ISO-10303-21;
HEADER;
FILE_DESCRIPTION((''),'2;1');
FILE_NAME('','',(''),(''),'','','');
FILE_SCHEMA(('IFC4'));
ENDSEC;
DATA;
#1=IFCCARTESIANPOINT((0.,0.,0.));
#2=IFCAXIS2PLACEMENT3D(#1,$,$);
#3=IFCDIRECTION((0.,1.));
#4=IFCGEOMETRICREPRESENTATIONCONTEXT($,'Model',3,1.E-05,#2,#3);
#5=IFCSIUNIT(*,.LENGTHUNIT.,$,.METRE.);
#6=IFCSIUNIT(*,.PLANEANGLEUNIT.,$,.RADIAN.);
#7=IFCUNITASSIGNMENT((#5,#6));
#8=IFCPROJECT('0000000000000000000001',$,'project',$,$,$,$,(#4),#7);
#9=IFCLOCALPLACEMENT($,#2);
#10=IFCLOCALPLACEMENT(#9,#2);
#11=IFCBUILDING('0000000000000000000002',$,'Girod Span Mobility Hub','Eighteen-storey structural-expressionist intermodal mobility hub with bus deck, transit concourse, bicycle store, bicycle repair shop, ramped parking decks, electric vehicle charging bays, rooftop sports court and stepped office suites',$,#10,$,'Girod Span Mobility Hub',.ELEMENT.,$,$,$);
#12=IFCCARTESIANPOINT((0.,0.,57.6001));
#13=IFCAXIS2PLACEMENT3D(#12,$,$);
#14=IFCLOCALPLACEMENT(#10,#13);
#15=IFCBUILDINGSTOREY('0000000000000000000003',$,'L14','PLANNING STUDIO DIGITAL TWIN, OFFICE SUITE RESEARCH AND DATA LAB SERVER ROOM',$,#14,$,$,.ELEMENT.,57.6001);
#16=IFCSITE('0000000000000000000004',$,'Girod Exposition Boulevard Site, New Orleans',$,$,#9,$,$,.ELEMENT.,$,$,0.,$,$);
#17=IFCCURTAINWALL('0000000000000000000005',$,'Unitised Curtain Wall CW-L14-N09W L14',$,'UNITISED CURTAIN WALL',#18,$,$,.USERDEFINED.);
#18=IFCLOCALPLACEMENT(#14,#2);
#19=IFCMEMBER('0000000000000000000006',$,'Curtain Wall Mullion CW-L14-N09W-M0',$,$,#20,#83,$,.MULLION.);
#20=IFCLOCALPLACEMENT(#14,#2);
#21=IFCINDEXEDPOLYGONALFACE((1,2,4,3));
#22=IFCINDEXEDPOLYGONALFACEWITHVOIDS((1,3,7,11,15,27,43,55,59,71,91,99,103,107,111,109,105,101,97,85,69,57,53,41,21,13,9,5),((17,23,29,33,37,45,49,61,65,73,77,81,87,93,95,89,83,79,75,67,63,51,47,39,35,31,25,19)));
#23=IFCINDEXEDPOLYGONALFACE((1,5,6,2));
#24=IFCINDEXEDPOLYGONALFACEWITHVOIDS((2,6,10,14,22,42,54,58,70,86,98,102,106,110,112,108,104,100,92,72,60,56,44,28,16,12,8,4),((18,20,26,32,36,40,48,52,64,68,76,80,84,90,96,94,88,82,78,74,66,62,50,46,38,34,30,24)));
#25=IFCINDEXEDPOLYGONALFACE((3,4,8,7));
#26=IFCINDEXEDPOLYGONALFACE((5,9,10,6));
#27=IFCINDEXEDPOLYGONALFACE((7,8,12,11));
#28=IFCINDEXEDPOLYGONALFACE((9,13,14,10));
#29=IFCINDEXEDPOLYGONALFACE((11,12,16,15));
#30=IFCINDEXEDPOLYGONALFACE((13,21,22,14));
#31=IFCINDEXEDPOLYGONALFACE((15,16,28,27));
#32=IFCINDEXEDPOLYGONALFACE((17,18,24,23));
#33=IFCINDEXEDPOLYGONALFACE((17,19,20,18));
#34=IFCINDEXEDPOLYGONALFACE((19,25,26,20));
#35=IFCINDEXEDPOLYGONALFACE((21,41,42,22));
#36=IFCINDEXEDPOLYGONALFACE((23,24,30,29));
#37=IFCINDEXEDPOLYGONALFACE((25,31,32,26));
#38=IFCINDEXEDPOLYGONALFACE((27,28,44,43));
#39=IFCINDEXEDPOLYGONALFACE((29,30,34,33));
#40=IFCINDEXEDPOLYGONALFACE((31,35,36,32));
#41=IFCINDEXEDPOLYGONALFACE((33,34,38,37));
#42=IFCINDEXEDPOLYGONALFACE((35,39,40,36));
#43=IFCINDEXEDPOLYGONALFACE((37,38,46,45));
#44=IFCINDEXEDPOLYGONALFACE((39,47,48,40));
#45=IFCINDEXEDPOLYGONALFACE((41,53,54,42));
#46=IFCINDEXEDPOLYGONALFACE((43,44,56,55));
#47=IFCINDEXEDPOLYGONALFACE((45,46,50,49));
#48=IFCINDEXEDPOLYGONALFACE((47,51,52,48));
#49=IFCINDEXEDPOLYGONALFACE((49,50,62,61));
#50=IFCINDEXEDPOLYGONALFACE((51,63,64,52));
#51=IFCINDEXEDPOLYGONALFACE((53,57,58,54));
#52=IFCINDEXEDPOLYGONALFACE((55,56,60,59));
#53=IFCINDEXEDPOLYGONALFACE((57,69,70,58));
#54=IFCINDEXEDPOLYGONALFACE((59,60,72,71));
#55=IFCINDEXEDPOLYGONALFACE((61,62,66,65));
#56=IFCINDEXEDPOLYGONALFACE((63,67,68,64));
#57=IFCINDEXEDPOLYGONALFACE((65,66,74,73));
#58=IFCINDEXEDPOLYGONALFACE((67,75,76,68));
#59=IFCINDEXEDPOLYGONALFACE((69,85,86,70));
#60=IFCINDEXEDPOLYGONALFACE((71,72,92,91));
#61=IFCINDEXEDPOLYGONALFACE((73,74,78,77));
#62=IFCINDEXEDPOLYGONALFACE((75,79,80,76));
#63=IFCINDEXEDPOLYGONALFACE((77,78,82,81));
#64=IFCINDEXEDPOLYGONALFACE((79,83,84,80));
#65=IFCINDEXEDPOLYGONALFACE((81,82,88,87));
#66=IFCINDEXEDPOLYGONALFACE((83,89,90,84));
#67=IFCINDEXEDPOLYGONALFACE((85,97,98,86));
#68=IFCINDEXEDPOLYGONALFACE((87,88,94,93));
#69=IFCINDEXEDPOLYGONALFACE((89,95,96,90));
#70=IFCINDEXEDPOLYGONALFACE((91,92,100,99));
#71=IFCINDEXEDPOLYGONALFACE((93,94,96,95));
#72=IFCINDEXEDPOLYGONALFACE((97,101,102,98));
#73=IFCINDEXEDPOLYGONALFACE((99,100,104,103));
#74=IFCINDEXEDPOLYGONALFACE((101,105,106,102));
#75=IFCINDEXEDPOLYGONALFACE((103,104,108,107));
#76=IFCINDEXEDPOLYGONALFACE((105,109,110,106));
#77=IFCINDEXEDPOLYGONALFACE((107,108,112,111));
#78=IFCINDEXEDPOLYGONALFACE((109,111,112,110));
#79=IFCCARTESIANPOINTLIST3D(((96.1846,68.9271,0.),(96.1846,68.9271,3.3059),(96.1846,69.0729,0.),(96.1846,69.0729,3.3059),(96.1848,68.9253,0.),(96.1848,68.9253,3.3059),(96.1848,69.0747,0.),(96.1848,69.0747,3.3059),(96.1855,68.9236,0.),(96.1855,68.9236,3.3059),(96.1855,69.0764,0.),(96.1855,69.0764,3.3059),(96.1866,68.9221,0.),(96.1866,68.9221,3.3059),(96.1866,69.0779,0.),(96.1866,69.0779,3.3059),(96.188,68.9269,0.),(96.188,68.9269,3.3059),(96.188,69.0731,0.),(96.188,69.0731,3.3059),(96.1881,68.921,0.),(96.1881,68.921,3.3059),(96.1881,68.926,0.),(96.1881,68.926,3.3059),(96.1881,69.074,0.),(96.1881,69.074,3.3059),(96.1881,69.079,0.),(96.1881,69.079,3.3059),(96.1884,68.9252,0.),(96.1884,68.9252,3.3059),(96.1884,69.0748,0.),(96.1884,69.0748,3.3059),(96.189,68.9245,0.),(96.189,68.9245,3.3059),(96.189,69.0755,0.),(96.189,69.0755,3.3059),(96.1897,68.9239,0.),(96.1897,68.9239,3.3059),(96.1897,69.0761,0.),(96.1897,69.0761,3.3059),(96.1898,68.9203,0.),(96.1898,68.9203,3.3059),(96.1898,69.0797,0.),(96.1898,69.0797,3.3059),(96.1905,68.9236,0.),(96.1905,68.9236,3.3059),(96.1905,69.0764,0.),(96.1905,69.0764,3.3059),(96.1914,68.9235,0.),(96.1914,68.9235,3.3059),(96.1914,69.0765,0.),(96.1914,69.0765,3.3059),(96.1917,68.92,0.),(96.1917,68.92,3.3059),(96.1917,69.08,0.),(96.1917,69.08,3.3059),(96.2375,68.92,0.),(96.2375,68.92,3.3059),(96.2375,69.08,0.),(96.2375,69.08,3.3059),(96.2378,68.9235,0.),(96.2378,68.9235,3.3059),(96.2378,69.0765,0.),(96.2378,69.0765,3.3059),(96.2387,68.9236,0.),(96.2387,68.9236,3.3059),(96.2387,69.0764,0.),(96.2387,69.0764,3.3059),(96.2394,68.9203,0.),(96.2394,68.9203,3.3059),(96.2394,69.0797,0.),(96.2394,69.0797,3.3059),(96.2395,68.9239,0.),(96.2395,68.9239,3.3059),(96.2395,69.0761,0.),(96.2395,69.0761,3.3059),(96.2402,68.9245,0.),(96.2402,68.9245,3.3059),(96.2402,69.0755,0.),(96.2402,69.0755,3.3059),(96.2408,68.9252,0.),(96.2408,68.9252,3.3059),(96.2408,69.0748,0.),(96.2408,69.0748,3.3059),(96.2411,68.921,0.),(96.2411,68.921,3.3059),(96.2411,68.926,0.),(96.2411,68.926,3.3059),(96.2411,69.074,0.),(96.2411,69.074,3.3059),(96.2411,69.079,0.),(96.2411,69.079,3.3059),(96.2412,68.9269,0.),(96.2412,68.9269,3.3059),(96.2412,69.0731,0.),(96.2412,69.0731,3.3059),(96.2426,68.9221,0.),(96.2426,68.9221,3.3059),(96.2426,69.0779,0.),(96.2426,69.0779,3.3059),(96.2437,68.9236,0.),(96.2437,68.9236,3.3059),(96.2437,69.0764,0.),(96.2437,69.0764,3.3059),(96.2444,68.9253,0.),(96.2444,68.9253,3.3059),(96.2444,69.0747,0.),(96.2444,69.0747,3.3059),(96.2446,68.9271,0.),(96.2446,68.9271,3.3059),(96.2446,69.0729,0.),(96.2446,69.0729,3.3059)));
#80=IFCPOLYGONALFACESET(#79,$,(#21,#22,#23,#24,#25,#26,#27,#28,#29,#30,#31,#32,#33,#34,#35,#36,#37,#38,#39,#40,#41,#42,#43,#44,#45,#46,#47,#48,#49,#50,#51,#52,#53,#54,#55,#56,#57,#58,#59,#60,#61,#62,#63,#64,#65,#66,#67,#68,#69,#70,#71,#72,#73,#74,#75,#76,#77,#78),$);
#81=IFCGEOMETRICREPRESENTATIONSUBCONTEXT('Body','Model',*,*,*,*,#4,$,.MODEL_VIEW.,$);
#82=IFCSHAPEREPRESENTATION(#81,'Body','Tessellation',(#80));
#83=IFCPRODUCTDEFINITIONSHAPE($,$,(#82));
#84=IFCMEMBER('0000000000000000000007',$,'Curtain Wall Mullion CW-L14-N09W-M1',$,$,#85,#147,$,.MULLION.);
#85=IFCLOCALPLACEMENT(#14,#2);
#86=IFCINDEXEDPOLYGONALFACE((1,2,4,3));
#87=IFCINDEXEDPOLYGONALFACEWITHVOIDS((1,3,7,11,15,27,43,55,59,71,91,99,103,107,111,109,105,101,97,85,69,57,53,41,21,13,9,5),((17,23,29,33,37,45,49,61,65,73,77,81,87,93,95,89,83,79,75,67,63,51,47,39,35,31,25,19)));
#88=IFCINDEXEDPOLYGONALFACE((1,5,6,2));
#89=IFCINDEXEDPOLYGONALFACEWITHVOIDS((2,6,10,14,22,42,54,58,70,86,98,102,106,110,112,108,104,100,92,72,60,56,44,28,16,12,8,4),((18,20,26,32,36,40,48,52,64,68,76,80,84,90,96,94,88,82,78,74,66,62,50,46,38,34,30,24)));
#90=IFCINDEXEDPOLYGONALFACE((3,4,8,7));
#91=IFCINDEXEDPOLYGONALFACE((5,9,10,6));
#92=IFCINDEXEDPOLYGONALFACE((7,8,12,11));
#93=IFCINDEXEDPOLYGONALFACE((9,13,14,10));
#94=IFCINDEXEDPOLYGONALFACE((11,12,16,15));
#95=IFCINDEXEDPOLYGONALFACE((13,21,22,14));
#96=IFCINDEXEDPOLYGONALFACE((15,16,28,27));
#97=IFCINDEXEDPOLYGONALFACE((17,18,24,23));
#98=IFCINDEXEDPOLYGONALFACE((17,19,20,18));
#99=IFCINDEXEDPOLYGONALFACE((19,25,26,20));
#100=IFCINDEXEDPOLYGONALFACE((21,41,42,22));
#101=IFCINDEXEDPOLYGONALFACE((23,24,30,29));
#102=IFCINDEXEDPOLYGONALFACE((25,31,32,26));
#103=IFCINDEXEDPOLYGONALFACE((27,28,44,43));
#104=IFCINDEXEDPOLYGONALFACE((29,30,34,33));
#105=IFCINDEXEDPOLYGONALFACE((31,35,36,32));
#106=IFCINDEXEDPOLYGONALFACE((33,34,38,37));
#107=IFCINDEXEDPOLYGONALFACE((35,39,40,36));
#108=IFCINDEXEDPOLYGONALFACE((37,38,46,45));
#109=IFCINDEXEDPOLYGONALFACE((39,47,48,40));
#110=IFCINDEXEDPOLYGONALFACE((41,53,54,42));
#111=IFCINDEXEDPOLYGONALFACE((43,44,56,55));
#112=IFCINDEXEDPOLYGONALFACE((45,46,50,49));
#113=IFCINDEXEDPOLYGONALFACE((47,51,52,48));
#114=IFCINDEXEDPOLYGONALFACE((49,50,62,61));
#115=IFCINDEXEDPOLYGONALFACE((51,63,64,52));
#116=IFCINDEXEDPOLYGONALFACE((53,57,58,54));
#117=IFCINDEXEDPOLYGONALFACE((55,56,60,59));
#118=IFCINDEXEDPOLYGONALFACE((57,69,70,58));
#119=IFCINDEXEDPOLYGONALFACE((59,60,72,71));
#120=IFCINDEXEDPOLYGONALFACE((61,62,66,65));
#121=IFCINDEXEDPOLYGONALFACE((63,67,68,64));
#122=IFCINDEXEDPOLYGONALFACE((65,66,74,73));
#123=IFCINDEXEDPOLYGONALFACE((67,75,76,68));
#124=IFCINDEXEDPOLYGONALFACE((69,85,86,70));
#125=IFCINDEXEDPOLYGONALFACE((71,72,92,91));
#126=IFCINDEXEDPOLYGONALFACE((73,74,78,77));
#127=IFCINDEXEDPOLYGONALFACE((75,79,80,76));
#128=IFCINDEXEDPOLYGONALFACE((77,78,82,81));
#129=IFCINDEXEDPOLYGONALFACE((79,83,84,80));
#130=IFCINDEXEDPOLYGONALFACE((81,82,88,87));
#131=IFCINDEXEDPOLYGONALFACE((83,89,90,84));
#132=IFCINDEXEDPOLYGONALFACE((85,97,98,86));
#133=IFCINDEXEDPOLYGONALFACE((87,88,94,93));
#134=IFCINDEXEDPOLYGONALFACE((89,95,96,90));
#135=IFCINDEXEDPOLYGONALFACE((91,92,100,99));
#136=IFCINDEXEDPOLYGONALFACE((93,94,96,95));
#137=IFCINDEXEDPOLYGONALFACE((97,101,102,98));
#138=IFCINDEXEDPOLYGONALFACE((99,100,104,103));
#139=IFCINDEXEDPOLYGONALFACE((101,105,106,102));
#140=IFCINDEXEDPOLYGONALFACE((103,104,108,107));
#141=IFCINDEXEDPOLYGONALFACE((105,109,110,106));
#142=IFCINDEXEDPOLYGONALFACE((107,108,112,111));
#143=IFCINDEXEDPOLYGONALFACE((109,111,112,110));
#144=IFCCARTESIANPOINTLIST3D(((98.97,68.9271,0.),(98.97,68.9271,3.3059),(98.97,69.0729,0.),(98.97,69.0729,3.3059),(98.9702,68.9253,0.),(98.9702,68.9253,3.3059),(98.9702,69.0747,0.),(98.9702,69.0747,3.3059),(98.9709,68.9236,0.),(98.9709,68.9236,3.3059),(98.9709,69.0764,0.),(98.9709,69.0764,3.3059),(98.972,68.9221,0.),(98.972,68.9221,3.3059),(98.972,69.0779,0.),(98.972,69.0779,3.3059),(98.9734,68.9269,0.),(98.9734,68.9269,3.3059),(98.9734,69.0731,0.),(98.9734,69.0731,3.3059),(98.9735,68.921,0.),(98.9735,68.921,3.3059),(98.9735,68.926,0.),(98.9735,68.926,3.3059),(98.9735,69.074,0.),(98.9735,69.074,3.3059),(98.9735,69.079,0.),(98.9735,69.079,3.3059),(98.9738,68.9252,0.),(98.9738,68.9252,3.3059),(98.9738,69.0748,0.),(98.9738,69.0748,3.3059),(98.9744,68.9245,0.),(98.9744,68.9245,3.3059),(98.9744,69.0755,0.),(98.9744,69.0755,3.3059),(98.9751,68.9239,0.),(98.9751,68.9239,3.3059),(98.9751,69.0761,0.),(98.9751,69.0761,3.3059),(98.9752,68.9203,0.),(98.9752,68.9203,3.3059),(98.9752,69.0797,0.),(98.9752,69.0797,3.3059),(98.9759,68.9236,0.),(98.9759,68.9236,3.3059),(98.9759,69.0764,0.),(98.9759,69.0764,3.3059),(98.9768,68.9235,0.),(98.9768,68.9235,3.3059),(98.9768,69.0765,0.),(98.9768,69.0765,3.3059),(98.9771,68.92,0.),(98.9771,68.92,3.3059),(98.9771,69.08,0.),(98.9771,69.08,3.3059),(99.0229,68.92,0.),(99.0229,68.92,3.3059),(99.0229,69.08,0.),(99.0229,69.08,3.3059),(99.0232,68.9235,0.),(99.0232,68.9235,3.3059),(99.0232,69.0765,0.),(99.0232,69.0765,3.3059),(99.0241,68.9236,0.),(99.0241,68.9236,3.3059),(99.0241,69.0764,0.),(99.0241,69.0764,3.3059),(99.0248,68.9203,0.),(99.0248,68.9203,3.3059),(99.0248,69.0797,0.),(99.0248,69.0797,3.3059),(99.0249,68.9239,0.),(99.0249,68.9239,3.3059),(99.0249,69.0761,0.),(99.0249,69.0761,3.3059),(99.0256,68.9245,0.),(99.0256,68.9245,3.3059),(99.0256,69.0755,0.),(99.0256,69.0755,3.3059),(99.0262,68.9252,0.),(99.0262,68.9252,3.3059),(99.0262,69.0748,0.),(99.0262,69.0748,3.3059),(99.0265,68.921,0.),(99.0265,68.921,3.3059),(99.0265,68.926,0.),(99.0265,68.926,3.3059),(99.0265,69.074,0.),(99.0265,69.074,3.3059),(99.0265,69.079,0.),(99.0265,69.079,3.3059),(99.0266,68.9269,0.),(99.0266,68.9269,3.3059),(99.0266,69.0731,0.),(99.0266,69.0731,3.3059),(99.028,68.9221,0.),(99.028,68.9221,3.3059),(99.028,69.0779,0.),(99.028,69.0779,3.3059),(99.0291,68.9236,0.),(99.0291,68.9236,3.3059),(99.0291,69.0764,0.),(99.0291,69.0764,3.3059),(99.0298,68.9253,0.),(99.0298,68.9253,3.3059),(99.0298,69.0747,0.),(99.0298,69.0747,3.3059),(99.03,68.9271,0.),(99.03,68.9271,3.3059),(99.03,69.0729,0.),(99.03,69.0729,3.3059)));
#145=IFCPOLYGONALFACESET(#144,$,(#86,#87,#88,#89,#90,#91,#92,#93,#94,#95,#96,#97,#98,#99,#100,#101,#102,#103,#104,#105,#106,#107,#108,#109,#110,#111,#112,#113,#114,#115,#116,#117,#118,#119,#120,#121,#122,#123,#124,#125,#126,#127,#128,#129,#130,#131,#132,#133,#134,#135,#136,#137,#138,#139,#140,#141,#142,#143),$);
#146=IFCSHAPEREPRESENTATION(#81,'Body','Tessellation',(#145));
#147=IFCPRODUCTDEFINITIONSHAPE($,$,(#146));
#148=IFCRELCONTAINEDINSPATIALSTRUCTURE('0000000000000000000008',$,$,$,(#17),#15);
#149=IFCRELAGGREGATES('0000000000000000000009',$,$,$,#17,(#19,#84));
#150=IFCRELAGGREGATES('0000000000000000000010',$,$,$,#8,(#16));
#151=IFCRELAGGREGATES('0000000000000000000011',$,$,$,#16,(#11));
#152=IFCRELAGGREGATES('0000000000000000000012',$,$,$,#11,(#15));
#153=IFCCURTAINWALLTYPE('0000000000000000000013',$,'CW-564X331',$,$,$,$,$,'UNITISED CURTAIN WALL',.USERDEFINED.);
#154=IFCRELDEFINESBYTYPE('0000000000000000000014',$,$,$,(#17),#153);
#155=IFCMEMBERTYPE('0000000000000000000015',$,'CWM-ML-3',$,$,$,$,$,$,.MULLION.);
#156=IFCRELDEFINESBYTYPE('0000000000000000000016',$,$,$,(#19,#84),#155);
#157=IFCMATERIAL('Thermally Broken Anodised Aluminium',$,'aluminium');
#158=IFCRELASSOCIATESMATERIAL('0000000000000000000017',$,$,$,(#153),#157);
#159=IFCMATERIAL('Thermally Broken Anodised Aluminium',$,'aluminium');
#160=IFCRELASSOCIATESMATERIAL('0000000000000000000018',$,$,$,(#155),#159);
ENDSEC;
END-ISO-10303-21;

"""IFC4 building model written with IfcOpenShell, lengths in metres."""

from ifc_helpers import new_model, si_unit, direction, frame, origin, origin_2d, place, context, subcontext, project, spatial, hollow_rectangle, extrude, material, material_profile, profile_set, type_object, element, aggregate, save


model = new_model("IFC4")

# Units and contexts
model_context = context("Model", 3, precision=1e-05, world=origin(), true_north=direction((0.0, 1.0)))
body_context = subcontext(model_context, "Body", "Model", "MODEL_VIEW")
ifc_project = project(units=[si_unit("LENGTHUNIT", "METRE"), si_unit("PLANEANGLEUNIT", "RADIAN")], contexts=[model_context])

# Site, building, storey
site_placement = place(None, origin())
site = spatial("IfcSite", under=ifc_project, at=site_placement, Name="Girod Exposition Boulevard Site, New Orleans", CompositionType="ELEMENT", RefElevation=0.0)
building_placement = place(site_placement, origin())
building = spatial("IfcBuilding", under=site, at=building_placement, Name="Girod Span Mobility Hub", Description="Eighteen-storey structural-expressionist intermodal mobility hub with bus deck, transit concourse, bicycle store, bicycle repair shop, ramped parking decks, electric vehicle charging bays, rooftop sports court and stepped office suites", LongName="Girod Span Mobility Hub", CompositionType="ELEMENT")
storey_placement = place(building_placement, frame((0.0, 0.0, 57.6001)))
storey = spatial("IfcBuildingStorey", under=building, at=storey_placement, Name="L14", Description="PLANNING STUDIO DIGITAL TWIN, OFFICE SUITE RESEARCH AND DATA LAB SERVER ROOM", CompositionType="ELEMENT", Elevation=57.6001)

# Curtain wall, members
ifc_material_1 = material(Name="Thermally Broken Anodised Aluminium", Category="aluminium")
curtain_wall_type = type_object("IfcCurtainWallType", Name="CW-564X331", ElementType="UNITISED CURTAIN WALL", PredefinedType="USERDEFINED", material=ifc_material_1)
ifc_material_2 = material(Name="Thermally Broken Anodised Aluminium", Category="aluminium")
ifc_material_profile_1 = material_profile(ifc_material_2, hollow_rectangle(XDim=0.1599, YDim=0.0601, WallThickness=0.0034, InnerFilletRadius=0.0034, OuterFilletRadius=0.0071, at=origin_2d()), Name="CW-ML-60X160")
ifc_profile_set_1 = profile_set([ifc_material_profile_1], Name="Thermally Broken Anodised Aluminium")
member_type_1 = type_object("IfcMemberType", Name="CWM-ML-3", PredefinedType="MULLION", material=ifc_profile_set_1)
curtain_wall_1_placement = place(storey_placement, origin())
curtain_wall_1 = element("IfcCurtainWall", 1, at=curtain_wall_1_placement, inside=storey, type_object=curtain_wall_type, Name="Unitised Curtain Wall CW-L14-N09W L14", ObjectType="UNITISED CURTAIN WALL", PredefinedType="USERDEFINED")
member_1_placement = place(storey_placement, frame((96.2146, 69.0, 0.0), z_axis=(0.0, 0.0, 1.0), x_axis=(0.0, 1.0, 0.0)))
member_1 = element("IfcMember", 2, at=member_1_placement, type_object=member_type_1, Name="Curtain Wall Mullion CW-L14-N09W-M0", PredefinedType="MULLION", context=body_context, shape_type="SweptSolid", body=[
    extrude(hollow_rectangle(XDim=0.1599, YDim=0.0601, WallThickness=0.0034, InnerFilletRadius=0.0034, OuterFilletRadius=0.0071, at=origin_2d()), origin(), (0.0, 0.0, 1.0), 3.3059),
])
member_2_placement = place(storey_placement, frame((99.0, 69.0, 0.0), z_axis=(0.0, 0.0, 1.0), x_axis=(0.0, 1.0, 0.0)))
member_2 = element("IfcMember", 3, at=member_2_placement, type_object=member_type_1, Name="Curtain Wall Mullion CW-L14-N09W-M1", PredefinedType="MULLION", context=body_context, shape_type="SweptSolid", body=[
    extrude(hollow_rectangle(XDim=0.1599, YDim=0.0601, WallThickness=0.0034, InnerFilletRadius=0.0034, OuterFilletRadius=0.0071, at=origin_2d()), origin(), (0.0, 0.0, 1.0), 3.3059),
])

aggregate(curtain_wall_1, [member_1, member_2])

save(model, "model.ifc")
